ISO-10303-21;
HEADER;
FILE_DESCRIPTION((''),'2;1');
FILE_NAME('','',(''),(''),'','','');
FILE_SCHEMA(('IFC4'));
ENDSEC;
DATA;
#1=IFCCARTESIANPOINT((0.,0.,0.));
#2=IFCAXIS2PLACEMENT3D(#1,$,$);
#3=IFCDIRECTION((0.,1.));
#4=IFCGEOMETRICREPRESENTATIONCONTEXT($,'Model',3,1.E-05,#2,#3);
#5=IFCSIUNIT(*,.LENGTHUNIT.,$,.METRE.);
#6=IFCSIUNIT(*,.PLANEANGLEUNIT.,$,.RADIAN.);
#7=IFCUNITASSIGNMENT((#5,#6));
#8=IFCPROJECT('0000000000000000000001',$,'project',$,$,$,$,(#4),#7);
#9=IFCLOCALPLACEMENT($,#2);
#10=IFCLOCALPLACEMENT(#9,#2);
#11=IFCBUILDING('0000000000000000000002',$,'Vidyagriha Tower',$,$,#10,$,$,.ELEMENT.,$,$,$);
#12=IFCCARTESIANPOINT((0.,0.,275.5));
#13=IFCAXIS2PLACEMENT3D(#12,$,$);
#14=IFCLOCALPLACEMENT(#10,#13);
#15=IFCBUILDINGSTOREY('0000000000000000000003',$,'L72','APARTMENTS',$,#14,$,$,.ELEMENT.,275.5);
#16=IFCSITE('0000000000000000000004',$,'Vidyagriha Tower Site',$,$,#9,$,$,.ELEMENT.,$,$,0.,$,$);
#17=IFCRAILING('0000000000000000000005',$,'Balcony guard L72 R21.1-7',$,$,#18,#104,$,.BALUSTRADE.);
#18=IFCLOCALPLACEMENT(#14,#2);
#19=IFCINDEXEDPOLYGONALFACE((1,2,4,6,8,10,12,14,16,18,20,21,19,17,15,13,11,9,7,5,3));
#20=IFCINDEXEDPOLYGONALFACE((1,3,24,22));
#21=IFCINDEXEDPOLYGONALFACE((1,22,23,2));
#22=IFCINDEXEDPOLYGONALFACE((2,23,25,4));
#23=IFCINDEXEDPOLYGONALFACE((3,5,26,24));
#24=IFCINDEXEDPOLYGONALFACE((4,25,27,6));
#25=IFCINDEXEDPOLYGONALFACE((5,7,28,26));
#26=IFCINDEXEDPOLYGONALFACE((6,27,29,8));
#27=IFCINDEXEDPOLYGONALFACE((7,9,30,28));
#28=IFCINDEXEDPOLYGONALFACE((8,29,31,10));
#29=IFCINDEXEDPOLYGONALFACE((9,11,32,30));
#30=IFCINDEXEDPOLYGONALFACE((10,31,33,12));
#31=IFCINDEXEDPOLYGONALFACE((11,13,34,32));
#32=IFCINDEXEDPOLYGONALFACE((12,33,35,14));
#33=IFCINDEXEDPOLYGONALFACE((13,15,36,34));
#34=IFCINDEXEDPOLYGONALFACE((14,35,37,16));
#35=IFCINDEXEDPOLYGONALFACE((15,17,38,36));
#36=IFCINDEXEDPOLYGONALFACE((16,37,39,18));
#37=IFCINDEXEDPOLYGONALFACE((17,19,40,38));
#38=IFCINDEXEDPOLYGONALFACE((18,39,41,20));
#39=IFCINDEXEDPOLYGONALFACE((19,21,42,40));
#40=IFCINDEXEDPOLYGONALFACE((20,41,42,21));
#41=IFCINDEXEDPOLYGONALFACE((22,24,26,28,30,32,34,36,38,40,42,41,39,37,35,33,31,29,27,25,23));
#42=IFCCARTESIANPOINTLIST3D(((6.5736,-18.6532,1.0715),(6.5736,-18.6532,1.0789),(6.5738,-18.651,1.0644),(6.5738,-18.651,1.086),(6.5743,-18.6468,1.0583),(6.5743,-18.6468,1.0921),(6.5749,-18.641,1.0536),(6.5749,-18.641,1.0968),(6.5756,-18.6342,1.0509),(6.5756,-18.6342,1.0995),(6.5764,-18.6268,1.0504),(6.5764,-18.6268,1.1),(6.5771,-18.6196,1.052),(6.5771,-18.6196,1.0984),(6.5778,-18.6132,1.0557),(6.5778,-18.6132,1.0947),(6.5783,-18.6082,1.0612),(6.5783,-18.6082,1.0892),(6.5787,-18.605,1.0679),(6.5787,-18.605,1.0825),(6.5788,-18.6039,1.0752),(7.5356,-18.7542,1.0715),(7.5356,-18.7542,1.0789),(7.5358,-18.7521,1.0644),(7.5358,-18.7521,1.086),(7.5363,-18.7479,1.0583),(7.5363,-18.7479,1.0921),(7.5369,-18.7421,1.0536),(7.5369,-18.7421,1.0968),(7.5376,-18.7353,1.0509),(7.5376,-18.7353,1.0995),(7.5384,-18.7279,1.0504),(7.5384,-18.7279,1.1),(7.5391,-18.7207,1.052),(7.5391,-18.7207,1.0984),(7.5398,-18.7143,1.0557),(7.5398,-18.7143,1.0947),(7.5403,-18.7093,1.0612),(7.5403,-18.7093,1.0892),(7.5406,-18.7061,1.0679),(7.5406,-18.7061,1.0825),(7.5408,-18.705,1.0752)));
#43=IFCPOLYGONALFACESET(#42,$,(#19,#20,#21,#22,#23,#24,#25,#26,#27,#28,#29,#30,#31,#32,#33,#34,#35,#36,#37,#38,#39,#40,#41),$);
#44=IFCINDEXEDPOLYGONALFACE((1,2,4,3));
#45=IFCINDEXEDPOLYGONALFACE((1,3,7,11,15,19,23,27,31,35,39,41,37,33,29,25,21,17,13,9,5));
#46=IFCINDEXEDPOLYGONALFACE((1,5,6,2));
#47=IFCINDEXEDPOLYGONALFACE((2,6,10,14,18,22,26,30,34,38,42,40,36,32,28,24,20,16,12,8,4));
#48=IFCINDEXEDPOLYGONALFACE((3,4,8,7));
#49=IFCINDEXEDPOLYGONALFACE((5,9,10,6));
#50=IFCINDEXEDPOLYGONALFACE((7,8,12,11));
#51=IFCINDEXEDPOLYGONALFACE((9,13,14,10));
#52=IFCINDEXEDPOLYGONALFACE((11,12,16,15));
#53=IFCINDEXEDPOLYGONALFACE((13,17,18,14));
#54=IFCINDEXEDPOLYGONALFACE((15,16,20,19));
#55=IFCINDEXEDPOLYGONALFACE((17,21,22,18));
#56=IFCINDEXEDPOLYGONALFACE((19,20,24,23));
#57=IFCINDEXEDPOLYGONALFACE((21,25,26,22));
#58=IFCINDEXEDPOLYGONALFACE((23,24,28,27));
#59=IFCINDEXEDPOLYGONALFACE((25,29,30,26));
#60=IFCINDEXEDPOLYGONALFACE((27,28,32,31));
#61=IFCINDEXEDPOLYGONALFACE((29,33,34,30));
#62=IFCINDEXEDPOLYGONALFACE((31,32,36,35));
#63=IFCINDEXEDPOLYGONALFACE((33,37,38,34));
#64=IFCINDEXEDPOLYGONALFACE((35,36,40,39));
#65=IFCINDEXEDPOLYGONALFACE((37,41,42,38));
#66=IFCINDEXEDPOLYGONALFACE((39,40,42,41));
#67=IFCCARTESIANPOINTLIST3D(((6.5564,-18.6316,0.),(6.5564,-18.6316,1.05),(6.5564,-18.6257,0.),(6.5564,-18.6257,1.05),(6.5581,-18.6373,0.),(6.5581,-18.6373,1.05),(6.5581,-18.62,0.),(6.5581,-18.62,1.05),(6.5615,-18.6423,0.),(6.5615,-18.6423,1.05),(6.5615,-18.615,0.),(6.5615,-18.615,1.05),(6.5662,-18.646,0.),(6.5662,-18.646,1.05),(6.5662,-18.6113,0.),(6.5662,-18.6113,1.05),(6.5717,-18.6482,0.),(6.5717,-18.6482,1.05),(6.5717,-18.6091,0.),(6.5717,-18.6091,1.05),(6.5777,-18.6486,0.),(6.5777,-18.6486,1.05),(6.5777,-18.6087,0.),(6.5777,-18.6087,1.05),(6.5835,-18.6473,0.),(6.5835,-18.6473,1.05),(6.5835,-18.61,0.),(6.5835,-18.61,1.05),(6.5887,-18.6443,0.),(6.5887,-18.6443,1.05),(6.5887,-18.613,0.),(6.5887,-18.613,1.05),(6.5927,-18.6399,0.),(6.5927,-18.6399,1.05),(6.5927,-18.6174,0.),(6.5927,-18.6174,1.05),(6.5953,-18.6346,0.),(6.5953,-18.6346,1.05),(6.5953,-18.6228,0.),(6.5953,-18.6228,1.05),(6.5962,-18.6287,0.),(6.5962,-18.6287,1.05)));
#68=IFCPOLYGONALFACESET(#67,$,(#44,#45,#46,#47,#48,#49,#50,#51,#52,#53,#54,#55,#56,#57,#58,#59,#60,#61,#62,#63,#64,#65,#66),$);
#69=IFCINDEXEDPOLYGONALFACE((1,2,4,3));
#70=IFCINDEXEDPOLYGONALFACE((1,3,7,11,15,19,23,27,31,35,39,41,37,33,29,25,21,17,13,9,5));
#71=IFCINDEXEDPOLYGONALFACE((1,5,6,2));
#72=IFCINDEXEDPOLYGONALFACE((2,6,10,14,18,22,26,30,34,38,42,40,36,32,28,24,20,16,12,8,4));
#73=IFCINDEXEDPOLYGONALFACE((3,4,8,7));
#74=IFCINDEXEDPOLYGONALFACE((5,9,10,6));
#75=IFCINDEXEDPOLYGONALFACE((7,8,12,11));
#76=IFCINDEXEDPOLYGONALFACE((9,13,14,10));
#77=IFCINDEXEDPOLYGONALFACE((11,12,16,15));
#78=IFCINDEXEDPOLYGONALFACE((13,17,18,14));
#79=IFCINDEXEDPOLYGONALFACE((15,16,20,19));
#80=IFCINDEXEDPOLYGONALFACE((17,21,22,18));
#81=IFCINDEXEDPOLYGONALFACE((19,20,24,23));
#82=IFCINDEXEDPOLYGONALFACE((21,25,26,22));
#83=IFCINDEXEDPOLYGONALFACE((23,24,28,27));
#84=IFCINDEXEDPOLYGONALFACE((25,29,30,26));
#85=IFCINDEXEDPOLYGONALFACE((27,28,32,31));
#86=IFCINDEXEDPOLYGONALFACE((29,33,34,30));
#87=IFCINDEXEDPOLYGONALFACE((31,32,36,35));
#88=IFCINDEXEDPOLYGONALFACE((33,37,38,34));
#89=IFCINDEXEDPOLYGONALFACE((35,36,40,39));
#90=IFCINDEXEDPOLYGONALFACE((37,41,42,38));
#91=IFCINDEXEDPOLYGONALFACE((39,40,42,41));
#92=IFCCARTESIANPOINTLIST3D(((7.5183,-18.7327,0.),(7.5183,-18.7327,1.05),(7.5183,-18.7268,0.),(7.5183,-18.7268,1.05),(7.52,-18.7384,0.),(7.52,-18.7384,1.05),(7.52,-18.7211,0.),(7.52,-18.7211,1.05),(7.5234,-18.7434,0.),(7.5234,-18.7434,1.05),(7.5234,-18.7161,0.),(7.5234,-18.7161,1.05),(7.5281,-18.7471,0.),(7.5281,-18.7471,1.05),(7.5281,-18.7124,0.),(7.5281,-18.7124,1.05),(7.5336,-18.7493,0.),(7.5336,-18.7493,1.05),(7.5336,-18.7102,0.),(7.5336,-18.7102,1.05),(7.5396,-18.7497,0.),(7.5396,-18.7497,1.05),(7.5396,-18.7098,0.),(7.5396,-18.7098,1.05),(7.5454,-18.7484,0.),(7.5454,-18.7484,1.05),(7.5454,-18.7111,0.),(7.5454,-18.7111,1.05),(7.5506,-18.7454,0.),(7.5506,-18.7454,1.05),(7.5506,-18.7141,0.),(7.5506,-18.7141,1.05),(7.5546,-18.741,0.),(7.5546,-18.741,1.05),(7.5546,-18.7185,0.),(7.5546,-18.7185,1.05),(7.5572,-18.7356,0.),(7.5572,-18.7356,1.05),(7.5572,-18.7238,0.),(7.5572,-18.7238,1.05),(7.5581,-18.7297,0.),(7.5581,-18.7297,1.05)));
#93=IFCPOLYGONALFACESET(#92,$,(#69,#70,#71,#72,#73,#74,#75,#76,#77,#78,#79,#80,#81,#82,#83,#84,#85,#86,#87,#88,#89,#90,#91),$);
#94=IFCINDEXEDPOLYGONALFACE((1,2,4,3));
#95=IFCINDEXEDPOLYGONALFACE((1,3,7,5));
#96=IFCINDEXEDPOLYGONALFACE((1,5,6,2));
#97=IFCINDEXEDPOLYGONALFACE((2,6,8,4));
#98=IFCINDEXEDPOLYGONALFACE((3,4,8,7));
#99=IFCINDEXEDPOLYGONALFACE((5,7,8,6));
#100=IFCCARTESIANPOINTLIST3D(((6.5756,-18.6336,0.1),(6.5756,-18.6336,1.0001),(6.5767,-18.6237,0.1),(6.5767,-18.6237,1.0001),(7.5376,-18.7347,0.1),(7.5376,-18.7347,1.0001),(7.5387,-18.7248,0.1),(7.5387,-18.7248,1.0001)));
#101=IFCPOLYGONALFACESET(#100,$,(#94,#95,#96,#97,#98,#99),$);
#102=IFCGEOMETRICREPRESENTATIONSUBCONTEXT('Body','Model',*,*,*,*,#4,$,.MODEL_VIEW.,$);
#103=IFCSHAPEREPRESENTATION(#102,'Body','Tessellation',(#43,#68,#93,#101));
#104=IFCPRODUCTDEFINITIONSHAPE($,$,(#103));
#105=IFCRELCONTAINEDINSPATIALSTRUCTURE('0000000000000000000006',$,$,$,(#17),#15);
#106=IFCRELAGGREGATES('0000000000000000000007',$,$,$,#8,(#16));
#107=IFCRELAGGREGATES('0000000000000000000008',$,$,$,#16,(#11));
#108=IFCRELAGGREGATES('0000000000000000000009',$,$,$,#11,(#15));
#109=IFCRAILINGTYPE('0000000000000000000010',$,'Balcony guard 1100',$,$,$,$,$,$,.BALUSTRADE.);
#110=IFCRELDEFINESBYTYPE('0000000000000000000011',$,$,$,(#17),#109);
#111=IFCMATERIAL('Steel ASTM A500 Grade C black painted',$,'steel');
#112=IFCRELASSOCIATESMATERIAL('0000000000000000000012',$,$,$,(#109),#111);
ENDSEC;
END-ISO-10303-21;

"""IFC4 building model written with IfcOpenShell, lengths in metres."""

from ifc_helpers import new_model, si_unit, direction, frame, origin, origin_2d, place, context, subcontext, project, spatial, rectangle, circle, extrude, material, type_object, element, save


model = new_model("IFC4")

# Units and contexts
model_context = context("Model", 3, precision=1e-05, world=origin(), true_north=direction((0.0, 1.0)))
body_context = subcontext(model_context, "Body", "Model", "MODEL_VIEW")
ifc_project = project(units=[si_unit("LENGTHUNIT", "METRE"), si_unit("PLANEANGLEUNIT", "RADIAN")], contexts=[model_context])

# Site, building, storey
site_placement = place(None, origin())
site = spatial("IfcSite", under=ifc_project, at=site_placement, Name="Vidyagriha Tower Site", CompositionType="ELEMENT", RefElevation=0.0)
building_placement = place(site_placement, origin())
building = spatial("IfcBuilding", under=site, at=building_placement, Name="Vidyagriha Tower", CompositionType="ELEMENT")
storey_placement = place(building_placement, frame((0.0, 0.0, 275.5)))
storey = spatial("IfcBuildingStorey", under=building, at=storey_placement, Name="L72", Description="APARTMENTS", CompositionType="ELEMENT", Elevation=275.5)

# Railing
ifc_material_1 = material(Name="Steel ASTM A500 Grade C black painted", Category="steel")
railing_type = type_object("IfcRailingType", Name="Balcony guard 1100", PredefinedType="BALUSTRADE", material=ifc_material_1)
railing_1_placement = place(storey_placement, frame((6.5762, -18.6287, 0.0)))
element("IfcRailing", 1, at=railing_1_placement, inside=storey, type_object=railing_type, Name="Balcony guard L72 R21.1-7", PredefinedType="BALUSTRADE", context=body_context, shape_type="SweptSolid", body=[
    extrude(circle(Radius=0.0249, at=origin_2d()), frame((0.0, 0.0, 1.0752), z_axis=(0.994525, -0.104501, 0.0), x_axis=(0.104501, 0.994525, 0.0)), (0.0, 0.0, 1.0), 0.9673),
    extrude(circle(Radius=0.02, at=origin_2d()), origin(), (0.0, 0.0, 1.0), 1.05),
    extrude(circle(Radius=0.02, at=origin_2d()), frame((0.9619, -0.1011, 0.0)), (0.0, 0.0, 1.0), 1.05),
    extrude(rectangle(XDim=0.01, YDim=0.9001, at=origin_2d()), frame((0.0, 0.0, 0.55), z_axis=(0.994525, -0.104501, 0.0), x_axis=(0.104501, 0.994525, 0.0)), (0.0, 0.0, 1.0), 0.9673),
])

save(model, "model.ifc")
